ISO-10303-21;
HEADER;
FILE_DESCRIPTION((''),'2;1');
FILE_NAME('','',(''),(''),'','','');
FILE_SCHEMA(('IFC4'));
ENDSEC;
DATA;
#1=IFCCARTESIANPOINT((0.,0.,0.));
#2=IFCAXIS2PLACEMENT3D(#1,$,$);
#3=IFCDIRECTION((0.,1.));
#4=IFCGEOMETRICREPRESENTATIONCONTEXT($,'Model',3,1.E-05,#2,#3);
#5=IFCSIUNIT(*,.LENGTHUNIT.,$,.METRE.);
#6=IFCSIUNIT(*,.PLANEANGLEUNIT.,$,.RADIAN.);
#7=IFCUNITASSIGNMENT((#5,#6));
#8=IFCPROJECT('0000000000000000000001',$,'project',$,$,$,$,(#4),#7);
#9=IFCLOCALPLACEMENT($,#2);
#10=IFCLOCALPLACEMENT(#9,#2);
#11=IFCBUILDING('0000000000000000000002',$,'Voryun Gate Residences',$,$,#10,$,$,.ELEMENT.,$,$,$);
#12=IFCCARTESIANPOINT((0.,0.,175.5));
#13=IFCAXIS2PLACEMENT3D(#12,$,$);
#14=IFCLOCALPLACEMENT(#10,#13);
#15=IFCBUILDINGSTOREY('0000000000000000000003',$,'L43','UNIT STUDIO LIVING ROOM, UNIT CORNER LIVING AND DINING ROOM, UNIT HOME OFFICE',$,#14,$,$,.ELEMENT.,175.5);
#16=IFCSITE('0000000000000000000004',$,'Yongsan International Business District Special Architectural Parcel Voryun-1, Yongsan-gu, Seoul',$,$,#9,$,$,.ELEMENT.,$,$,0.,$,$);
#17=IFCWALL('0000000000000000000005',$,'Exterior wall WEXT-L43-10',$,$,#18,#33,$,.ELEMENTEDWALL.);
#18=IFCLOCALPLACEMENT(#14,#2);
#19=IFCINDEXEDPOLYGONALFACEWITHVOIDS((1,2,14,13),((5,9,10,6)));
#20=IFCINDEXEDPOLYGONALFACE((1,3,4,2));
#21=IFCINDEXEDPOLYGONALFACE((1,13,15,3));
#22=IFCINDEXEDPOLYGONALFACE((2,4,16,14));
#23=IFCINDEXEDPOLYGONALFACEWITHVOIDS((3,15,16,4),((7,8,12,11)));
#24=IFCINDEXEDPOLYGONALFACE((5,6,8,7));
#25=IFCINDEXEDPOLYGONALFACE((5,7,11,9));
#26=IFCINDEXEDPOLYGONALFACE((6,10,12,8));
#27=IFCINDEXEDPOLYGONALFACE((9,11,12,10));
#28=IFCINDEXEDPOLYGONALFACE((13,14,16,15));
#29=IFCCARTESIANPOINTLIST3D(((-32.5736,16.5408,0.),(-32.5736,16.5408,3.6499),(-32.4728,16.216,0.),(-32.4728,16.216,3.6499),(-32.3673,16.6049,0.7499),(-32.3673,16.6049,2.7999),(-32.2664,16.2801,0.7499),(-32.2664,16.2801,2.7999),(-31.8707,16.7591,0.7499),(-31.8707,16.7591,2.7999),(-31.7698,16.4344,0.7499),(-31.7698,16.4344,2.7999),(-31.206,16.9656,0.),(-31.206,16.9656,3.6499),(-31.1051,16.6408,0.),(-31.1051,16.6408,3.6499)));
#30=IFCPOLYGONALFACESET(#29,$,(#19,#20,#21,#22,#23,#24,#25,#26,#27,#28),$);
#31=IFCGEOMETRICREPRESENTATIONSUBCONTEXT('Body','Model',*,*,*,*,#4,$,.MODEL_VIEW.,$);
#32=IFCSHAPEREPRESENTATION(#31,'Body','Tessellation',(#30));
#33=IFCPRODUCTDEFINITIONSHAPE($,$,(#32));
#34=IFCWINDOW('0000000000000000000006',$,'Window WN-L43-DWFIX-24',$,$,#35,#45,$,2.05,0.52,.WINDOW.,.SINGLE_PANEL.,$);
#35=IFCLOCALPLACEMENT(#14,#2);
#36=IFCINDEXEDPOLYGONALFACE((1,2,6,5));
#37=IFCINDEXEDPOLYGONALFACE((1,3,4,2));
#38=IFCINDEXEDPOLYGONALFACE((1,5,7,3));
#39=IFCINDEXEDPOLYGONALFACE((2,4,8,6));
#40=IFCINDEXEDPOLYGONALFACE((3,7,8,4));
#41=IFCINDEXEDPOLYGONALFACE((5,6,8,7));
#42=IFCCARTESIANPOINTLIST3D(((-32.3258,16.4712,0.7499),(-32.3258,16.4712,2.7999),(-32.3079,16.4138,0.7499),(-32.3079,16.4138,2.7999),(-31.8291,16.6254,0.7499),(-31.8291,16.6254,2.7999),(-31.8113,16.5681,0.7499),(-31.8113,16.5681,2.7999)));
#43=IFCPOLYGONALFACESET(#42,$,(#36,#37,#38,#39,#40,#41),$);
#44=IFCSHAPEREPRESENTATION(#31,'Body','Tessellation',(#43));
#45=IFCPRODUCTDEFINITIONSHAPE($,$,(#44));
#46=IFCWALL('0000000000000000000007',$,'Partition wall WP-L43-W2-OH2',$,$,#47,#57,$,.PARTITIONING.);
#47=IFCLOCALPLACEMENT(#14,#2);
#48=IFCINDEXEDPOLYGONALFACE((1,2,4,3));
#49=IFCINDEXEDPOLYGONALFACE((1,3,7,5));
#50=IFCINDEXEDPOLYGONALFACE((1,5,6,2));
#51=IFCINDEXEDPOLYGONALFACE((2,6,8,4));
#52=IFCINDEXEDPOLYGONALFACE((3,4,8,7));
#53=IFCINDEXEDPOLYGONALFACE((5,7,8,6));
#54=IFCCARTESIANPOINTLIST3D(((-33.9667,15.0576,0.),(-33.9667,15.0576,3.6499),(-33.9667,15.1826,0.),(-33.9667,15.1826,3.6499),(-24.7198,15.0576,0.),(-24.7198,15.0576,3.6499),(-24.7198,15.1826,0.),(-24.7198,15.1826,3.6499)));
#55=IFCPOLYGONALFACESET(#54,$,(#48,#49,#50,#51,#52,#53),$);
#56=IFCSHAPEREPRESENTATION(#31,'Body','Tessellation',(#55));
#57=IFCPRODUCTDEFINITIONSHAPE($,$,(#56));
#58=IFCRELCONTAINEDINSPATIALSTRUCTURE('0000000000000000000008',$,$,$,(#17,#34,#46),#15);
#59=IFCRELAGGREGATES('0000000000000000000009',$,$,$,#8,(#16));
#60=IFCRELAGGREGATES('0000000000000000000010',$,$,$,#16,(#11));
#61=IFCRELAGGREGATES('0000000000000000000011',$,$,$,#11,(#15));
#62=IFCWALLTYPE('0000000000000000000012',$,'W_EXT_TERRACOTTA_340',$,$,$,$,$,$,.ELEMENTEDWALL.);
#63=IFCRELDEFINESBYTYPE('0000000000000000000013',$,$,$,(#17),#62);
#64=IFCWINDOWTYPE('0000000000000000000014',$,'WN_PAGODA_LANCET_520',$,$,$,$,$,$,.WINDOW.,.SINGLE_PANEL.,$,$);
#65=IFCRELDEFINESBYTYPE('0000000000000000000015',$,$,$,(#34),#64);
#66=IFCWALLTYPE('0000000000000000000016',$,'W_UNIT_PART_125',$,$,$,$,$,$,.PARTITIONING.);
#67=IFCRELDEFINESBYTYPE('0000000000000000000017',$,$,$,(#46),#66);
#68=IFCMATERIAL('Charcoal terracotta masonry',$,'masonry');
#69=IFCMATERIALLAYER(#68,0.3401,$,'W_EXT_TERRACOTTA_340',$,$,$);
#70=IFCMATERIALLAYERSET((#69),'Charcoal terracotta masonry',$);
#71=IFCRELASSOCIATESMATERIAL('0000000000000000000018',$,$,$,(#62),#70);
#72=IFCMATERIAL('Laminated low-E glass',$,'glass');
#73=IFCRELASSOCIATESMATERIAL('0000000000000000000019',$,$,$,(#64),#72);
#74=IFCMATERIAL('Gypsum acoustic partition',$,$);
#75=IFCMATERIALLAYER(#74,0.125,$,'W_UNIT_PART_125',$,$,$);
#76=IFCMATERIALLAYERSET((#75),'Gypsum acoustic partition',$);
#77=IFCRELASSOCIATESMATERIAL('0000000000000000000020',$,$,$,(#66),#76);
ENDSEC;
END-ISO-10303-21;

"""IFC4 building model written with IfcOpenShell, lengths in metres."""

from ifc_helpers import new_model, si_unit, direction, frame, frame_2d, origin, place, context, subcontext, project, spatial, rectangle, extrude, material, layer, layer_set, type_object, element, fill, save


model = new_model("IFC4")

# Units and contexts
model_context = context("Model", 3, precision=1e-05, world=origin(), true_north=direction((0.0, 1.0)))
body_context = subcontext(model_context, "Body", "Model", "MODEL_VIEW")
ifc_project = project(units=[si_unit("LENGTHUNIT", "METRE"), si_unit("PLANEANGLEUNIT", "RADIAN")], contexts=[model_context])

# Site, building, storey
site_placement = place(None, origin())
site = spatial("IfcSite", under=ifc_project, at=site_placement, Name="Yongsan International Business District Special Architectural Parcel Voryun-1, Yongsan-gu, Seoul", CompositionType="ELEMENT", RefElevation=0.0)
building_placement = place(site_placement, origin())
building = spatial("IfcBuilding", under=site, at=building_placement, Name="Voryun Gate Residences", CompositionType="ELEMENT")
storey_placement = place(building_placement, frame((0.0, 0.0, 175.5)))
storey = spatial("IfcBuildingStorey", under=building, at=storey_placement, Name="L43", Description="UNIT STUDIO LIVING ROOM, UNIT CORNER LIVING AND DINING ROOM, UNIT HOME OFFICE", CompositionType="ELEMENT", Elevation=175.5)

# Shared definitions
ifc_material_1 = material(Name="Charcoal terracotta masonry", Category="masonry")
ifc_layer_1 = layer(ifc_material_1, 0.3401, Name="W_EXT_TERRACOTTA_340")
ifc_layer_set_1 = layer_set([ifc_layer_1], Name="Charcoal terracotta masonry")
wall_type_1 = type_object("IfcWallType", Name="W_EXT_TERRACOTTA_340", PredefinedType="ELEMENTEDWALL", material=ifc_layer_set_1)

# Wall, opening, window
wall_1_placement = place(storey_placement, frame((-32.5232, 16.3784, 0.0), z_axis=(0.0, 0.0, 1.0), x_axis=(0.954994, 0.296624, 0.0)))
wall_1 = element("IfcWall", 1, at=wall_1_placement, inside=storey, type_object=wall_type_1, Name="Exterior wall WEXT-L43-10", PredefinedType="ELEMENTEDWALL", context=body_context, shape_type="SweptSolid", body=[
    extrude(rectangle(XDim=1.4321, YDim=0.3401, at=frame_2d((0.7161, 0.0))), origin(), (0.0, 0.0, 1.0), 3.6499),
])
opening_1_placement = place(wall_1_placement, frame((0.2161, 0.0, 0.75)))
opening_1 = element("IfcOpeningElement", 2, at=opening_1_placement, cuts=wall_1, PredefinedType="OPENING", context=body_context, shape_type="SweptSolid", body=[
    extrude(rectangle(XDim=0.52, YDim=2.05, at=frame_2d((0.26, 1.0249))), frame((0.0, 0.1799, 0.0), z_axis=(0.0, -1.0, 0.0), x_axis=(1.0, 0.0, 0.0)), (0.0, 0.0, 1.0), 0.3601),
])
ifc_material_2 = material(Name="Laminated low-E glass", Category="glass")
window_type_1 = type_object("IfcWindowType", Name="WN_PAGODA_LANCET_520", PartitioningType="SINGLE_PANEL", PredefinedType="WINDOW", material=ifc_material_2)
window_1_placement = place(opening_1_placement, origin())
window_1 = element("IfcWindow", 3, at=window_1_placement, inside=storey, type_object=window_type_1, Name="Window WN-L43-DWFIX-24", OverallHeight=2.05, OverallWidth=0.52, PartitioningType="SINGLE_PANEL", PredefinedType="WINDOW", context=body_context, shape_type="SweptSolid", body=[
    extrude(rectangle(XDim=0.52, YDim=2.05, at=frame_2d((0.26, 1.0249))), frame((0.0, 0.03, 0.0), z_axis=(0.0, -1.0, 0.0), x_axis=(1.0, 0.0, 0.0)), (0.0, 0.0, 1.0), 0.0601),
])
fill(opening_1, window_1)

# Wall
ifc_material_3 = material(Name="Gypsum acoustic partition")
ifc_layer_2 = layer(ifc_material_3, 0.125, Name="W_UNIT_PART_125")
ifc_layer_set_2 = layer_set([ifc_layer_2], Name="Gypsum acoustic partition")
wall_type_2 = type_object("IfcWallType", Name="W_UNIT_PART_125", PredefinedType="PARTITIONING", material=ifc_layer_set_2)
wall_2_placement = place(storey_placement, frame((-33.9668, 15.1201, 0.0), z_axis=(0.0, 0.0, 1.0), x_axis=(1.0, 0.0, 0.0)))
element("IfcWall", 4, at=wall_2_placement, inside=storey, type_object=wall_type_2, Name="Partition wall WP-L43-W2-OH2", PredefinedType="PARTITIONING", context=body_context, shape_type="SweptSolid", body=[
    extrude(rectangle(XDim=9.2468, YDim=0.125, at=frame_2d((4.6235, 0.0))), origin(), (0.0, 0.0, 1.0), 3.6499),
])

save(model, "model.ifc")
